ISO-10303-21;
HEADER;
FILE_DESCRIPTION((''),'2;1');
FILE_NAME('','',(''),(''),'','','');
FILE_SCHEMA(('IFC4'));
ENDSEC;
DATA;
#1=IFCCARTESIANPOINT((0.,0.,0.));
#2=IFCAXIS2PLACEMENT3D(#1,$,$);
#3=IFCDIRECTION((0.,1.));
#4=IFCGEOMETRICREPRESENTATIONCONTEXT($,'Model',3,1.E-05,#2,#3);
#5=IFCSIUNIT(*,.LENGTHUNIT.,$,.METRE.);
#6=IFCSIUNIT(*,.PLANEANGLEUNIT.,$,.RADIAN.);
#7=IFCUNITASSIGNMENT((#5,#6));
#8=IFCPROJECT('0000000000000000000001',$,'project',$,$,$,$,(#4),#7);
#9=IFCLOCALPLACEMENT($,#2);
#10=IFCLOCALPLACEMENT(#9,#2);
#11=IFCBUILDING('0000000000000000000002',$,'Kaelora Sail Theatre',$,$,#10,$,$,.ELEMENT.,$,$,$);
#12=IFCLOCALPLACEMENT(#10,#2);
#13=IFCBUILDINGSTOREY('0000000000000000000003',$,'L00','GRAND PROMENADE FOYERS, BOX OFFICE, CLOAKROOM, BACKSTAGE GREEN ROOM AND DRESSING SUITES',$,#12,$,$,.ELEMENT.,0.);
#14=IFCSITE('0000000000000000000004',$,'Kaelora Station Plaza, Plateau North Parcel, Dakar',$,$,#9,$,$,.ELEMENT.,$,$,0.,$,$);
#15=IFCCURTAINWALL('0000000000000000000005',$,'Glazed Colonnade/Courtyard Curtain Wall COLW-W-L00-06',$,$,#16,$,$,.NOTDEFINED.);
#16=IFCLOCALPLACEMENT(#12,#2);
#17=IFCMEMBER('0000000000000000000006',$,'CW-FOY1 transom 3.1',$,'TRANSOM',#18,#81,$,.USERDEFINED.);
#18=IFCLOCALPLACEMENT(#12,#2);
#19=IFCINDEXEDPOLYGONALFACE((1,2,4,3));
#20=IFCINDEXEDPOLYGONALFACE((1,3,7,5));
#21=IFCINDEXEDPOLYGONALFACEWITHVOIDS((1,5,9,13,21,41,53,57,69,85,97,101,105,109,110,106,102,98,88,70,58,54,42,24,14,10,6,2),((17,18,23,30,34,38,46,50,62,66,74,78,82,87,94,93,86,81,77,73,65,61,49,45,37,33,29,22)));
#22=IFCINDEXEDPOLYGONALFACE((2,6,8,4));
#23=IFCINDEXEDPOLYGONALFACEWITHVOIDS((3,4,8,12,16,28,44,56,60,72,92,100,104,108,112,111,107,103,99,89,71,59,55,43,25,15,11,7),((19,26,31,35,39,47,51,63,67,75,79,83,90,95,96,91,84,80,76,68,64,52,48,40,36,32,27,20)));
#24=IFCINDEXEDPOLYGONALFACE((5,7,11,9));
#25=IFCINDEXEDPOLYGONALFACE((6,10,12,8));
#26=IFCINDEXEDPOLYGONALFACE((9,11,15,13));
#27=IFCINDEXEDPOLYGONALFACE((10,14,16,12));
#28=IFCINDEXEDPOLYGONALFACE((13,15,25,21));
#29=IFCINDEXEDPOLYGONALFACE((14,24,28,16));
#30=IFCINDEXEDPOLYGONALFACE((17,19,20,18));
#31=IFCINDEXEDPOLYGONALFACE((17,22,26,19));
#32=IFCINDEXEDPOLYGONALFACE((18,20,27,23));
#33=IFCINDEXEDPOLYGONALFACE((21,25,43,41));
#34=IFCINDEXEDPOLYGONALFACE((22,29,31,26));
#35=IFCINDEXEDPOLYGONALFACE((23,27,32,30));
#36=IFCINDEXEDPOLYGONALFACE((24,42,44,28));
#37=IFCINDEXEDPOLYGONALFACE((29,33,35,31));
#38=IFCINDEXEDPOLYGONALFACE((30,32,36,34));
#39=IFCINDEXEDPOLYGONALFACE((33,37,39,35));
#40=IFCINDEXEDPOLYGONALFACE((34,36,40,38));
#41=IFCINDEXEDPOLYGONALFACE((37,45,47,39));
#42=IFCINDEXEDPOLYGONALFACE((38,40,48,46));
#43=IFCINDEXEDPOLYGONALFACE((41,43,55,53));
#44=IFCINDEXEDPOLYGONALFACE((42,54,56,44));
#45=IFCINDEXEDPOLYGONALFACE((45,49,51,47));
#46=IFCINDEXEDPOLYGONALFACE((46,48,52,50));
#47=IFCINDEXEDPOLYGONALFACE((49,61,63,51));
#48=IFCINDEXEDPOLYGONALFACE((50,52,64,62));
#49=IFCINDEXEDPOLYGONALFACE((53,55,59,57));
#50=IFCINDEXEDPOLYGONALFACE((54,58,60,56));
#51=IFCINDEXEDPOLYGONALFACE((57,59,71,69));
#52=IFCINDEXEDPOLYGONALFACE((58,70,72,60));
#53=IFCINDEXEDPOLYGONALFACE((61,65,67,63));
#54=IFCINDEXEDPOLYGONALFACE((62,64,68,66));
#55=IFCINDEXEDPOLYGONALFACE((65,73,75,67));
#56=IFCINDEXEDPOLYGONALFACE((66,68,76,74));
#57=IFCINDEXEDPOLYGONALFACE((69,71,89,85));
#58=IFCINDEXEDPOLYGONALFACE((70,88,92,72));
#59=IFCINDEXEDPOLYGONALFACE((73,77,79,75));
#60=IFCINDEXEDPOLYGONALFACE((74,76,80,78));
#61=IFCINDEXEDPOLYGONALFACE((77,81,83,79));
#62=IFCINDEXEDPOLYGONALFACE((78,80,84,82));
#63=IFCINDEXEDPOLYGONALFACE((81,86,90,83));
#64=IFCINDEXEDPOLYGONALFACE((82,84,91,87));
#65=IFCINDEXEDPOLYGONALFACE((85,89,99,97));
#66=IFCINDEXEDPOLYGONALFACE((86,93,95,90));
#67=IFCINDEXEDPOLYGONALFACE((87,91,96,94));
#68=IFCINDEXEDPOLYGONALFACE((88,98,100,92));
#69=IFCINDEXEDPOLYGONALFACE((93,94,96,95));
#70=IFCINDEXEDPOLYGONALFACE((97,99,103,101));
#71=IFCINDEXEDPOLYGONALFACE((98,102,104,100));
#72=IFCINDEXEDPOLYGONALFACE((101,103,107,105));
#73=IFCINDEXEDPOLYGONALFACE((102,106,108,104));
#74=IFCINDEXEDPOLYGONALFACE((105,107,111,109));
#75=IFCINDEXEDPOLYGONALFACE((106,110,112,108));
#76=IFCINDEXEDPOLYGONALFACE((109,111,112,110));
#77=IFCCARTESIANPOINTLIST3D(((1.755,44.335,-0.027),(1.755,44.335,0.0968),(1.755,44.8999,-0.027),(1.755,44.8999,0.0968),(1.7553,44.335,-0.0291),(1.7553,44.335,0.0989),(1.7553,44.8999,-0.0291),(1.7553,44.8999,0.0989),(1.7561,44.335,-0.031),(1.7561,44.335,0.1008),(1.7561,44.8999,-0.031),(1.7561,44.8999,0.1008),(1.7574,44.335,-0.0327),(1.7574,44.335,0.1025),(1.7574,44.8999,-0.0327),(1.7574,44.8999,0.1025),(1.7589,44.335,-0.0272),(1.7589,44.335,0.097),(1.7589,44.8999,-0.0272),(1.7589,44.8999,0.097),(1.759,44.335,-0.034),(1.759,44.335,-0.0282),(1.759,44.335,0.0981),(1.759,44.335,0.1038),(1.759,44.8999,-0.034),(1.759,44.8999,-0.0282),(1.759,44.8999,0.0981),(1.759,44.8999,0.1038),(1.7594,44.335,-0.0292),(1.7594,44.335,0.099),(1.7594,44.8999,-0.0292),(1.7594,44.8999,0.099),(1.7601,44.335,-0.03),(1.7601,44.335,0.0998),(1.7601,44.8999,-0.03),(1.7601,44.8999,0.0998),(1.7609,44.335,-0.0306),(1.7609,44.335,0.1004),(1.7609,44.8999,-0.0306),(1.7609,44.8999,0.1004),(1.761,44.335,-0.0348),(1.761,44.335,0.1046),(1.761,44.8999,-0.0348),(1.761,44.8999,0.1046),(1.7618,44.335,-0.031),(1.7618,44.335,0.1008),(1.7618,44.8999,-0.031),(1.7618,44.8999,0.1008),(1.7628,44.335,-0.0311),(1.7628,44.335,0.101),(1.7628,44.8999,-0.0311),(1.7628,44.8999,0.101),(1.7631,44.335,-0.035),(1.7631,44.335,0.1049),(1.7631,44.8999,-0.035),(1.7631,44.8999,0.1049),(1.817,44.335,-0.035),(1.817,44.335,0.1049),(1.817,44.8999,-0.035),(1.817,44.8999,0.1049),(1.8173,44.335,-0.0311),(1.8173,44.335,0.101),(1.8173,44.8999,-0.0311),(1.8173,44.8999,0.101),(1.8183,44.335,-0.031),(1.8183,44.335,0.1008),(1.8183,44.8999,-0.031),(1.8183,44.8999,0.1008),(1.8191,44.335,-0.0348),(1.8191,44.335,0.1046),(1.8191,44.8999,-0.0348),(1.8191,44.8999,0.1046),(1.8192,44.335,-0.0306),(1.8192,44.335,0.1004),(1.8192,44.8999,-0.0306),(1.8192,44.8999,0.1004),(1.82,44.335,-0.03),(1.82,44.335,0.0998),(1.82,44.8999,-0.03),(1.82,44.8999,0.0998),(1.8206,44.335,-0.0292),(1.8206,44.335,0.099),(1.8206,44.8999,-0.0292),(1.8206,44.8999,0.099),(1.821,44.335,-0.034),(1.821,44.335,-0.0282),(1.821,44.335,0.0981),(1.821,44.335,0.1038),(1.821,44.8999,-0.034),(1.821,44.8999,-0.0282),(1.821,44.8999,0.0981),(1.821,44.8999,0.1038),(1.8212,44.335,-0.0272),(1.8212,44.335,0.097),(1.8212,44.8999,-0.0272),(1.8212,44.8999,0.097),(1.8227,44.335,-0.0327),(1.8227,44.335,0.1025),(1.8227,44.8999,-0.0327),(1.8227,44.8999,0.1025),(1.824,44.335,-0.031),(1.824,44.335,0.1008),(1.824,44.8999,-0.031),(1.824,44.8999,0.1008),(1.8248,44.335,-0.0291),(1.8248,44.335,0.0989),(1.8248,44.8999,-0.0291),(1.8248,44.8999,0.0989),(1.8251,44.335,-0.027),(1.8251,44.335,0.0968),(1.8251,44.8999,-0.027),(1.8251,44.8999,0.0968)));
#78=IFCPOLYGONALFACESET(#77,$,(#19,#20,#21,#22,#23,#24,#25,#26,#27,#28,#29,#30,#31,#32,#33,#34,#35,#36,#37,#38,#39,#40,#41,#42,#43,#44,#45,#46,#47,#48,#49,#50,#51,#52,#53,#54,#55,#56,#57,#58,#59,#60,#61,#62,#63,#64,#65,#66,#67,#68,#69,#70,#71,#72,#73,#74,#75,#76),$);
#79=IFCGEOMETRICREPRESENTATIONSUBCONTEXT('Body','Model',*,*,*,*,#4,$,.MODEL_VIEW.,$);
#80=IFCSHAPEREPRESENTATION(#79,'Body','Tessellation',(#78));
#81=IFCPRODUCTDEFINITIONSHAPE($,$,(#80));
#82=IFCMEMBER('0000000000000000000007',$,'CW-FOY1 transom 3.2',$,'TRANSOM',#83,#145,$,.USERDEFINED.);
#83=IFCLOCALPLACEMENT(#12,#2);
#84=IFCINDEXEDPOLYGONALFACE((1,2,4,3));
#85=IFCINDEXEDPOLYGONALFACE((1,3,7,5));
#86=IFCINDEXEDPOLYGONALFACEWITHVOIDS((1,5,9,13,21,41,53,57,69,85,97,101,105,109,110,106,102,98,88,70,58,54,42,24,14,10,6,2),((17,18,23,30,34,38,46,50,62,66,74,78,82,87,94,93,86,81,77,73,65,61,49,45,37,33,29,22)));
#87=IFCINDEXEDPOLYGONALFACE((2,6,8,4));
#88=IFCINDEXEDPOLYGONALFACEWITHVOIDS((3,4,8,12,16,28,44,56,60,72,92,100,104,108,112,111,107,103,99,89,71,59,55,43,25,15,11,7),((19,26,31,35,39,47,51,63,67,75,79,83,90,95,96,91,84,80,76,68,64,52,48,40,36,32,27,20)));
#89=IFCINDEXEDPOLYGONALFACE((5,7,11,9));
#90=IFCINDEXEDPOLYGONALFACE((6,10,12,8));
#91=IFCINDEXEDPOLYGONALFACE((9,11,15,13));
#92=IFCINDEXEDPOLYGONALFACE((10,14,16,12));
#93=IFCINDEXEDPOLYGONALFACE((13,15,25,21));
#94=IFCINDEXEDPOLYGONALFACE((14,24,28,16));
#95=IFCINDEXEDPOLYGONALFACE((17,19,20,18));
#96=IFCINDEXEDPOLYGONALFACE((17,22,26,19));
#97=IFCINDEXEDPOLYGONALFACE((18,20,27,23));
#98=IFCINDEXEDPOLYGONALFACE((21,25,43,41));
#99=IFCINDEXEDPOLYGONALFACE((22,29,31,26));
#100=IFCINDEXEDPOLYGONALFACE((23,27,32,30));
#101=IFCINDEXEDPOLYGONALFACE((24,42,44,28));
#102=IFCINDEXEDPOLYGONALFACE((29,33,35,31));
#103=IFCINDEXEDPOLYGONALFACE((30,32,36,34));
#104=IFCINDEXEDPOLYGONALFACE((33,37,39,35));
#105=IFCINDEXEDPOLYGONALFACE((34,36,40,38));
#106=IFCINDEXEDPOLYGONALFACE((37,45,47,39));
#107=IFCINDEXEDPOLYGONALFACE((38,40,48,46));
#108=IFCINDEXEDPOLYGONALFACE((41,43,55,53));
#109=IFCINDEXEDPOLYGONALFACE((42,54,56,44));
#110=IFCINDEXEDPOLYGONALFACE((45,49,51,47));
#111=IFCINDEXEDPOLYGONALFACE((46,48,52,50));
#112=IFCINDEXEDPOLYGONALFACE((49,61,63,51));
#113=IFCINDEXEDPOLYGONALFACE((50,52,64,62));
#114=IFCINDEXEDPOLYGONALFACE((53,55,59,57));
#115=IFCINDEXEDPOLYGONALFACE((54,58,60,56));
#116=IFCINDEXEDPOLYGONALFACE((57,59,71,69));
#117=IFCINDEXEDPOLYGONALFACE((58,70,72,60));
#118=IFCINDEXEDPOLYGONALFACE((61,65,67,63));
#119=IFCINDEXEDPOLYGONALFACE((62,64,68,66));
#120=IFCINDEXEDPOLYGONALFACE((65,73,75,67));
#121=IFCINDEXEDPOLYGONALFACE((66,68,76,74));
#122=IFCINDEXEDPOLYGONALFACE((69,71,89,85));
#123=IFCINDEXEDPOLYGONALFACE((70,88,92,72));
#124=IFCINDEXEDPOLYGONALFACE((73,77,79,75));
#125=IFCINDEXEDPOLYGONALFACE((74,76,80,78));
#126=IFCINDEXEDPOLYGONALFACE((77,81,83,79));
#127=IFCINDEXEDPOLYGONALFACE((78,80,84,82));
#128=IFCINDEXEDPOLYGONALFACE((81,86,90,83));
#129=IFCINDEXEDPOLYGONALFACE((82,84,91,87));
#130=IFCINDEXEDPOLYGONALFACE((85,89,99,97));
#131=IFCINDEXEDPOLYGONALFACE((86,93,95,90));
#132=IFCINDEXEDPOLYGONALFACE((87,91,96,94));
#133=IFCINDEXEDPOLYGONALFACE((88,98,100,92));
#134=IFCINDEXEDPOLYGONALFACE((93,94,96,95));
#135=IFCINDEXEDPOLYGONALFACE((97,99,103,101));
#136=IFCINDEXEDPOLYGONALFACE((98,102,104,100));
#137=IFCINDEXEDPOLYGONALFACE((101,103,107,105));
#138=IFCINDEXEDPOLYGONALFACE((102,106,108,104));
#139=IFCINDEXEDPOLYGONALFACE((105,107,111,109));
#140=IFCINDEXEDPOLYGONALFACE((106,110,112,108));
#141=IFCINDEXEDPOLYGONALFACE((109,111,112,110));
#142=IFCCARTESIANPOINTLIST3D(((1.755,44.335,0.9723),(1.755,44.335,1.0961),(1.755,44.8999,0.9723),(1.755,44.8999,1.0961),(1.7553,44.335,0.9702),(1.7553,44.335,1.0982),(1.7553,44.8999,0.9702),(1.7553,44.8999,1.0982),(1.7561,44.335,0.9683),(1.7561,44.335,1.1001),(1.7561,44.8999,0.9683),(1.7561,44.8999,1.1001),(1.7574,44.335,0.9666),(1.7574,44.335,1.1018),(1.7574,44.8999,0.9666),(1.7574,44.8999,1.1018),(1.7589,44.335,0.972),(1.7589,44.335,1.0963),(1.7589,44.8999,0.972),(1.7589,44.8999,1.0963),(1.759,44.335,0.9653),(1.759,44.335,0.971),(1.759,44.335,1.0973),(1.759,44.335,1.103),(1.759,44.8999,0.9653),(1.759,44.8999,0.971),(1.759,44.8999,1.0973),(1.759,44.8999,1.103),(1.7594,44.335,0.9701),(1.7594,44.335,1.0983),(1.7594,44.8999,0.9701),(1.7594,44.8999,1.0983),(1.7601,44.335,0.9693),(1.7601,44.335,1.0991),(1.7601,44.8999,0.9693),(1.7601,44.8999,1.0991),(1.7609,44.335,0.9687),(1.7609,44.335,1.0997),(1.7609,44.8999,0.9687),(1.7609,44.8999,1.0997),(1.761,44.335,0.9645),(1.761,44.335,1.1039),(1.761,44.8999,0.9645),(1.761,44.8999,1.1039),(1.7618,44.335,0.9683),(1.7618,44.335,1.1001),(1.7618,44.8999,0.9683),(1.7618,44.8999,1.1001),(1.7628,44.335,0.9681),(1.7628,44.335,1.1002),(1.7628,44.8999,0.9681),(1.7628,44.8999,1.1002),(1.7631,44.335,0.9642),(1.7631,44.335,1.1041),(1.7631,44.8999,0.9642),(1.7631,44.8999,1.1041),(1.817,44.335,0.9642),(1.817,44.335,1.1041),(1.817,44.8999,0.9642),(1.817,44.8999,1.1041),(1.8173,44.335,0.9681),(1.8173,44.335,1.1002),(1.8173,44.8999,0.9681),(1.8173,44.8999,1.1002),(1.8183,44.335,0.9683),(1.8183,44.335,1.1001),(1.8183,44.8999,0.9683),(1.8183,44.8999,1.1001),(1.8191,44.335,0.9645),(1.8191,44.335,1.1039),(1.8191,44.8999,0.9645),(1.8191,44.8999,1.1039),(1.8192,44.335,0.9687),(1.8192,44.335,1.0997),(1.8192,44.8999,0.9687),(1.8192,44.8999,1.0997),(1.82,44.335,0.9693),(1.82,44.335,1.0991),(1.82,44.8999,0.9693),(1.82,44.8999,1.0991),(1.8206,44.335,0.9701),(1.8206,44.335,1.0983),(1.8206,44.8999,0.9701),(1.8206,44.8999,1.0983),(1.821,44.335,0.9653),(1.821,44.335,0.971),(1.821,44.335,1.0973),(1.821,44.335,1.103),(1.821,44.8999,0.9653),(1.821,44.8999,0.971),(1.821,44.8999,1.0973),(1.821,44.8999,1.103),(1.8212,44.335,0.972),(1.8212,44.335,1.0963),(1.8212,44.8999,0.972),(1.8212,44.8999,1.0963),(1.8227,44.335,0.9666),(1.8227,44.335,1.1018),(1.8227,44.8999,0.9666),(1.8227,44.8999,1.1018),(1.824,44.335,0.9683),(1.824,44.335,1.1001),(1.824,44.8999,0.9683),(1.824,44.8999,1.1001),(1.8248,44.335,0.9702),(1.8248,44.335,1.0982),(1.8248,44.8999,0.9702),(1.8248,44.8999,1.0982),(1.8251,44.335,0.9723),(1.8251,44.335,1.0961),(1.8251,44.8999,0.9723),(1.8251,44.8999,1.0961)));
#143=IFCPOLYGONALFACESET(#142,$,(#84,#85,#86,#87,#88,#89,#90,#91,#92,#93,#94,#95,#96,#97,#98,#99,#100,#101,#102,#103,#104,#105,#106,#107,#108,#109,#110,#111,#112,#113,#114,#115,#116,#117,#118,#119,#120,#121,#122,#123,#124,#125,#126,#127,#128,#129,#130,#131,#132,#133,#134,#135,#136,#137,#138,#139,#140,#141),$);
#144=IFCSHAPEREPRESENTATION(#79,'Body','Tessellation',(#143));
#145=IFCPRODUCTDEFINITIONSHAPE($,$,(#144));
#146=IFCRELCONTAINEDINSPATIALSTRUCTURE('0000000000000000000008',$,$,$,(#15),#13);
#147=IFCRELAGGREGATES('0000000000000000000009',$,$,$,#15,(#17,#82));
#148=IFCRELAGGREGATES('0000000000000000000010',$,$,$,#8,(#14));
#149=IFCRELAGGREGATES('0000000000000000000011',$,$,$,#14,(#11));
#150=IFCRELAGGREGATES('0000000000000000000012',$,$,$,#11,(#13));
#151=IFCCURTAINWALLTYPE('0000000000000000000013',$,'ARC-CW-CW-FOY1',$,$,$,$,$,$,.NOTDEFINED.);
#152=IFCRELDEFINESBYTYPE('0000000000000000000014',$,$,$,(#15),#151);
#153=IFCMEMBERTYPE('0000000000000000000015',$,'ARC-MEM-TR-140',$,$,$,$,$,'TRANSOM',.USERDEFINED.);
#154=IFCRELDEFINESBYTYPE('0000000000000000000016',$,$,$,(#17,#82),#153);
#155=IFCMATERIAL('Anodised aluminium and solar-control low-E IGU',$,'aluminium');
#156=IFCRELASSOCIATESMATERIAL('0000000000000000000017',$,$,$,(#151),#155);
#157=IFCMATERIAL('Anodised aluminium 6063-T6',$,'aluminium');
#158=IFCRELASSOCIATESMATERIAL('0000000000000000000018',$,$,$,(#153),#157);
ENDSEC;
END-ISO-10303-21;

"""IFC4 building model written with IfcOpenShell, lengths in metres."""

from ifc_helpers import new_model, si_unit, direction, frame, origin, origin_2d, place, context, subcontext, project, spatial, hollow_rectangle, extrude, material, material_profile, profile_set, type_object, element, aggregate, save


model = new_model("IFC4")

# Units and contexts
model_context = context("Model", 3, precision=1e-05, world=origin(), true_north=direction((0.0, 1.0)))
body_context = subcontext(model_context, "Body", "Model", "MODEL_VIEW")
ifc_project = project(units=[si_unit("LENGTHUNIT", "METRE"), si_unit("PLANEANGLEUNIT", "RADIAN")], contexts=[model_context])

# Site, building, storey
site_placement = place(None, origin())
site = spatial("IfcSite", under=ifc_project, at=site_placement, Name="Kaelora Station Plaza, Plateau North Parcel, Dakar", CompositionType="ELEMENT", RefElevation=0.0)
building_placement = place(site_placement, origin())
building = spatial("IfcBuilding", under=site, at=building_placement, Name="Kaelora Sail Theatre", CompositionType="ELEMENT")
storey_placement = place(building_placement, origin())
storey = spatial("IfcBuildingStorey", under=building, at=storey_placement, Name="L00", Description="GRAND PROMENADE FOYERS, BOX OFFICE, CLOAKROOM, BACKSTAGE GREEN ROOM AND DRESSING SUITES", CompositionType="ELEMENT", Elevation=0.0)

# Curtain wall
ifc_material_1 = material(Name="Anodised aluminium and solar-control low-E IGU", Category="aluminium")
curtain_wall_type = type_object("IfcCurtainWallType", Name="ARC-CW-CW-FOY1", PredefinedType="NOTDEFINED", material=ifc_material_1)
curtain_wall_1_placement = place(storey_placement, origin())
curtain_wall_1 = element("IfcCurtainWall", 1, at=curtain_wall_1_placement, inside=storey, type_object=curtain_wall_type, Name="Glazed Colonnade/Courtyard Curtain Wall COLW-W-L00-06", PredefinedType="NOTDEFINED")

# Members
ifc_material_2 = material(Name="Anodised aluminium 6063-T6", Category="aluminium")
ifc_material_profile_1 = material_profile(ifc_material_2, hollow_rectangle(XDim=0.0701, YDim=0.1399, WallThickness=0.0039, InnerFilletRadius=0.0039, OuterFilletRadius=0.0081, at=origin_2d()), Name="ALU-TRAN 70x140x4")
ifc_profile_set_1 = profile_set([ifc_material_profile_1], Name="Anodised aluminium 6063-T6")
member_type_1 = type_object("IfcMemberType", Name="ARC-MEM-TR-140", ElementType="TRANSOM", PredefinedType="USERDEFINED", material=ifc_profile_set_1)
member_1_placement = place(storey_placement, frame((1.79, 44.335, 0.0349), z_axis=(0.0, 1.0, 0.0), x_axis=(-1.0, 0.0, 0.0)))
member_1 = element("IfcMember", 2, at=member_1_placement, type_object=member_type_1, Name="CW-FOY1 transom 3.1", ObjectType="TRANSOM", PredefinedType="USERDEFINED", context=body_context, shape_type="SweptSolid", body=[
    extrude(hollow_rectangle(XDim=0.0701, YDim=0.1399, WallThickness=0.0039, InnerFilletRadius=0.0039, OuterFilletRadius=0.0081, at=origin_2d()), origin(), (0.0, 0.0, 1.0), 0.5649),
])
member_2_placement = place(storey_placement, frame((1.79, 44.335, 1.0342), z_axis=(0.0, 1.0, 0.0), x_axis=(-1.0, 0.0, 0.0)))
member_2 = element("IfcMember", 3, at=member_2_placement, type_object=member_type_1, Name="CW-FOY1 transom 3.2", ObjectType="TRANSOM", PredefinedType="USERDEFINED", context=body_context, shape_type="SweptSolid", body=[
    extrude(hollow_rectangle(XDim=0.0701, YDim=0.1399, WallThickness=0.0039, InnerFilletRadius=0.0039, OuterFilletRadius=0.0081, at=origin_2d()), origin(), (0.0, 0.0, 1.0), 0.5649),
])

aggregate(curtain_wall_1, [member_1, member_2])

save(model, "model.ifc")
